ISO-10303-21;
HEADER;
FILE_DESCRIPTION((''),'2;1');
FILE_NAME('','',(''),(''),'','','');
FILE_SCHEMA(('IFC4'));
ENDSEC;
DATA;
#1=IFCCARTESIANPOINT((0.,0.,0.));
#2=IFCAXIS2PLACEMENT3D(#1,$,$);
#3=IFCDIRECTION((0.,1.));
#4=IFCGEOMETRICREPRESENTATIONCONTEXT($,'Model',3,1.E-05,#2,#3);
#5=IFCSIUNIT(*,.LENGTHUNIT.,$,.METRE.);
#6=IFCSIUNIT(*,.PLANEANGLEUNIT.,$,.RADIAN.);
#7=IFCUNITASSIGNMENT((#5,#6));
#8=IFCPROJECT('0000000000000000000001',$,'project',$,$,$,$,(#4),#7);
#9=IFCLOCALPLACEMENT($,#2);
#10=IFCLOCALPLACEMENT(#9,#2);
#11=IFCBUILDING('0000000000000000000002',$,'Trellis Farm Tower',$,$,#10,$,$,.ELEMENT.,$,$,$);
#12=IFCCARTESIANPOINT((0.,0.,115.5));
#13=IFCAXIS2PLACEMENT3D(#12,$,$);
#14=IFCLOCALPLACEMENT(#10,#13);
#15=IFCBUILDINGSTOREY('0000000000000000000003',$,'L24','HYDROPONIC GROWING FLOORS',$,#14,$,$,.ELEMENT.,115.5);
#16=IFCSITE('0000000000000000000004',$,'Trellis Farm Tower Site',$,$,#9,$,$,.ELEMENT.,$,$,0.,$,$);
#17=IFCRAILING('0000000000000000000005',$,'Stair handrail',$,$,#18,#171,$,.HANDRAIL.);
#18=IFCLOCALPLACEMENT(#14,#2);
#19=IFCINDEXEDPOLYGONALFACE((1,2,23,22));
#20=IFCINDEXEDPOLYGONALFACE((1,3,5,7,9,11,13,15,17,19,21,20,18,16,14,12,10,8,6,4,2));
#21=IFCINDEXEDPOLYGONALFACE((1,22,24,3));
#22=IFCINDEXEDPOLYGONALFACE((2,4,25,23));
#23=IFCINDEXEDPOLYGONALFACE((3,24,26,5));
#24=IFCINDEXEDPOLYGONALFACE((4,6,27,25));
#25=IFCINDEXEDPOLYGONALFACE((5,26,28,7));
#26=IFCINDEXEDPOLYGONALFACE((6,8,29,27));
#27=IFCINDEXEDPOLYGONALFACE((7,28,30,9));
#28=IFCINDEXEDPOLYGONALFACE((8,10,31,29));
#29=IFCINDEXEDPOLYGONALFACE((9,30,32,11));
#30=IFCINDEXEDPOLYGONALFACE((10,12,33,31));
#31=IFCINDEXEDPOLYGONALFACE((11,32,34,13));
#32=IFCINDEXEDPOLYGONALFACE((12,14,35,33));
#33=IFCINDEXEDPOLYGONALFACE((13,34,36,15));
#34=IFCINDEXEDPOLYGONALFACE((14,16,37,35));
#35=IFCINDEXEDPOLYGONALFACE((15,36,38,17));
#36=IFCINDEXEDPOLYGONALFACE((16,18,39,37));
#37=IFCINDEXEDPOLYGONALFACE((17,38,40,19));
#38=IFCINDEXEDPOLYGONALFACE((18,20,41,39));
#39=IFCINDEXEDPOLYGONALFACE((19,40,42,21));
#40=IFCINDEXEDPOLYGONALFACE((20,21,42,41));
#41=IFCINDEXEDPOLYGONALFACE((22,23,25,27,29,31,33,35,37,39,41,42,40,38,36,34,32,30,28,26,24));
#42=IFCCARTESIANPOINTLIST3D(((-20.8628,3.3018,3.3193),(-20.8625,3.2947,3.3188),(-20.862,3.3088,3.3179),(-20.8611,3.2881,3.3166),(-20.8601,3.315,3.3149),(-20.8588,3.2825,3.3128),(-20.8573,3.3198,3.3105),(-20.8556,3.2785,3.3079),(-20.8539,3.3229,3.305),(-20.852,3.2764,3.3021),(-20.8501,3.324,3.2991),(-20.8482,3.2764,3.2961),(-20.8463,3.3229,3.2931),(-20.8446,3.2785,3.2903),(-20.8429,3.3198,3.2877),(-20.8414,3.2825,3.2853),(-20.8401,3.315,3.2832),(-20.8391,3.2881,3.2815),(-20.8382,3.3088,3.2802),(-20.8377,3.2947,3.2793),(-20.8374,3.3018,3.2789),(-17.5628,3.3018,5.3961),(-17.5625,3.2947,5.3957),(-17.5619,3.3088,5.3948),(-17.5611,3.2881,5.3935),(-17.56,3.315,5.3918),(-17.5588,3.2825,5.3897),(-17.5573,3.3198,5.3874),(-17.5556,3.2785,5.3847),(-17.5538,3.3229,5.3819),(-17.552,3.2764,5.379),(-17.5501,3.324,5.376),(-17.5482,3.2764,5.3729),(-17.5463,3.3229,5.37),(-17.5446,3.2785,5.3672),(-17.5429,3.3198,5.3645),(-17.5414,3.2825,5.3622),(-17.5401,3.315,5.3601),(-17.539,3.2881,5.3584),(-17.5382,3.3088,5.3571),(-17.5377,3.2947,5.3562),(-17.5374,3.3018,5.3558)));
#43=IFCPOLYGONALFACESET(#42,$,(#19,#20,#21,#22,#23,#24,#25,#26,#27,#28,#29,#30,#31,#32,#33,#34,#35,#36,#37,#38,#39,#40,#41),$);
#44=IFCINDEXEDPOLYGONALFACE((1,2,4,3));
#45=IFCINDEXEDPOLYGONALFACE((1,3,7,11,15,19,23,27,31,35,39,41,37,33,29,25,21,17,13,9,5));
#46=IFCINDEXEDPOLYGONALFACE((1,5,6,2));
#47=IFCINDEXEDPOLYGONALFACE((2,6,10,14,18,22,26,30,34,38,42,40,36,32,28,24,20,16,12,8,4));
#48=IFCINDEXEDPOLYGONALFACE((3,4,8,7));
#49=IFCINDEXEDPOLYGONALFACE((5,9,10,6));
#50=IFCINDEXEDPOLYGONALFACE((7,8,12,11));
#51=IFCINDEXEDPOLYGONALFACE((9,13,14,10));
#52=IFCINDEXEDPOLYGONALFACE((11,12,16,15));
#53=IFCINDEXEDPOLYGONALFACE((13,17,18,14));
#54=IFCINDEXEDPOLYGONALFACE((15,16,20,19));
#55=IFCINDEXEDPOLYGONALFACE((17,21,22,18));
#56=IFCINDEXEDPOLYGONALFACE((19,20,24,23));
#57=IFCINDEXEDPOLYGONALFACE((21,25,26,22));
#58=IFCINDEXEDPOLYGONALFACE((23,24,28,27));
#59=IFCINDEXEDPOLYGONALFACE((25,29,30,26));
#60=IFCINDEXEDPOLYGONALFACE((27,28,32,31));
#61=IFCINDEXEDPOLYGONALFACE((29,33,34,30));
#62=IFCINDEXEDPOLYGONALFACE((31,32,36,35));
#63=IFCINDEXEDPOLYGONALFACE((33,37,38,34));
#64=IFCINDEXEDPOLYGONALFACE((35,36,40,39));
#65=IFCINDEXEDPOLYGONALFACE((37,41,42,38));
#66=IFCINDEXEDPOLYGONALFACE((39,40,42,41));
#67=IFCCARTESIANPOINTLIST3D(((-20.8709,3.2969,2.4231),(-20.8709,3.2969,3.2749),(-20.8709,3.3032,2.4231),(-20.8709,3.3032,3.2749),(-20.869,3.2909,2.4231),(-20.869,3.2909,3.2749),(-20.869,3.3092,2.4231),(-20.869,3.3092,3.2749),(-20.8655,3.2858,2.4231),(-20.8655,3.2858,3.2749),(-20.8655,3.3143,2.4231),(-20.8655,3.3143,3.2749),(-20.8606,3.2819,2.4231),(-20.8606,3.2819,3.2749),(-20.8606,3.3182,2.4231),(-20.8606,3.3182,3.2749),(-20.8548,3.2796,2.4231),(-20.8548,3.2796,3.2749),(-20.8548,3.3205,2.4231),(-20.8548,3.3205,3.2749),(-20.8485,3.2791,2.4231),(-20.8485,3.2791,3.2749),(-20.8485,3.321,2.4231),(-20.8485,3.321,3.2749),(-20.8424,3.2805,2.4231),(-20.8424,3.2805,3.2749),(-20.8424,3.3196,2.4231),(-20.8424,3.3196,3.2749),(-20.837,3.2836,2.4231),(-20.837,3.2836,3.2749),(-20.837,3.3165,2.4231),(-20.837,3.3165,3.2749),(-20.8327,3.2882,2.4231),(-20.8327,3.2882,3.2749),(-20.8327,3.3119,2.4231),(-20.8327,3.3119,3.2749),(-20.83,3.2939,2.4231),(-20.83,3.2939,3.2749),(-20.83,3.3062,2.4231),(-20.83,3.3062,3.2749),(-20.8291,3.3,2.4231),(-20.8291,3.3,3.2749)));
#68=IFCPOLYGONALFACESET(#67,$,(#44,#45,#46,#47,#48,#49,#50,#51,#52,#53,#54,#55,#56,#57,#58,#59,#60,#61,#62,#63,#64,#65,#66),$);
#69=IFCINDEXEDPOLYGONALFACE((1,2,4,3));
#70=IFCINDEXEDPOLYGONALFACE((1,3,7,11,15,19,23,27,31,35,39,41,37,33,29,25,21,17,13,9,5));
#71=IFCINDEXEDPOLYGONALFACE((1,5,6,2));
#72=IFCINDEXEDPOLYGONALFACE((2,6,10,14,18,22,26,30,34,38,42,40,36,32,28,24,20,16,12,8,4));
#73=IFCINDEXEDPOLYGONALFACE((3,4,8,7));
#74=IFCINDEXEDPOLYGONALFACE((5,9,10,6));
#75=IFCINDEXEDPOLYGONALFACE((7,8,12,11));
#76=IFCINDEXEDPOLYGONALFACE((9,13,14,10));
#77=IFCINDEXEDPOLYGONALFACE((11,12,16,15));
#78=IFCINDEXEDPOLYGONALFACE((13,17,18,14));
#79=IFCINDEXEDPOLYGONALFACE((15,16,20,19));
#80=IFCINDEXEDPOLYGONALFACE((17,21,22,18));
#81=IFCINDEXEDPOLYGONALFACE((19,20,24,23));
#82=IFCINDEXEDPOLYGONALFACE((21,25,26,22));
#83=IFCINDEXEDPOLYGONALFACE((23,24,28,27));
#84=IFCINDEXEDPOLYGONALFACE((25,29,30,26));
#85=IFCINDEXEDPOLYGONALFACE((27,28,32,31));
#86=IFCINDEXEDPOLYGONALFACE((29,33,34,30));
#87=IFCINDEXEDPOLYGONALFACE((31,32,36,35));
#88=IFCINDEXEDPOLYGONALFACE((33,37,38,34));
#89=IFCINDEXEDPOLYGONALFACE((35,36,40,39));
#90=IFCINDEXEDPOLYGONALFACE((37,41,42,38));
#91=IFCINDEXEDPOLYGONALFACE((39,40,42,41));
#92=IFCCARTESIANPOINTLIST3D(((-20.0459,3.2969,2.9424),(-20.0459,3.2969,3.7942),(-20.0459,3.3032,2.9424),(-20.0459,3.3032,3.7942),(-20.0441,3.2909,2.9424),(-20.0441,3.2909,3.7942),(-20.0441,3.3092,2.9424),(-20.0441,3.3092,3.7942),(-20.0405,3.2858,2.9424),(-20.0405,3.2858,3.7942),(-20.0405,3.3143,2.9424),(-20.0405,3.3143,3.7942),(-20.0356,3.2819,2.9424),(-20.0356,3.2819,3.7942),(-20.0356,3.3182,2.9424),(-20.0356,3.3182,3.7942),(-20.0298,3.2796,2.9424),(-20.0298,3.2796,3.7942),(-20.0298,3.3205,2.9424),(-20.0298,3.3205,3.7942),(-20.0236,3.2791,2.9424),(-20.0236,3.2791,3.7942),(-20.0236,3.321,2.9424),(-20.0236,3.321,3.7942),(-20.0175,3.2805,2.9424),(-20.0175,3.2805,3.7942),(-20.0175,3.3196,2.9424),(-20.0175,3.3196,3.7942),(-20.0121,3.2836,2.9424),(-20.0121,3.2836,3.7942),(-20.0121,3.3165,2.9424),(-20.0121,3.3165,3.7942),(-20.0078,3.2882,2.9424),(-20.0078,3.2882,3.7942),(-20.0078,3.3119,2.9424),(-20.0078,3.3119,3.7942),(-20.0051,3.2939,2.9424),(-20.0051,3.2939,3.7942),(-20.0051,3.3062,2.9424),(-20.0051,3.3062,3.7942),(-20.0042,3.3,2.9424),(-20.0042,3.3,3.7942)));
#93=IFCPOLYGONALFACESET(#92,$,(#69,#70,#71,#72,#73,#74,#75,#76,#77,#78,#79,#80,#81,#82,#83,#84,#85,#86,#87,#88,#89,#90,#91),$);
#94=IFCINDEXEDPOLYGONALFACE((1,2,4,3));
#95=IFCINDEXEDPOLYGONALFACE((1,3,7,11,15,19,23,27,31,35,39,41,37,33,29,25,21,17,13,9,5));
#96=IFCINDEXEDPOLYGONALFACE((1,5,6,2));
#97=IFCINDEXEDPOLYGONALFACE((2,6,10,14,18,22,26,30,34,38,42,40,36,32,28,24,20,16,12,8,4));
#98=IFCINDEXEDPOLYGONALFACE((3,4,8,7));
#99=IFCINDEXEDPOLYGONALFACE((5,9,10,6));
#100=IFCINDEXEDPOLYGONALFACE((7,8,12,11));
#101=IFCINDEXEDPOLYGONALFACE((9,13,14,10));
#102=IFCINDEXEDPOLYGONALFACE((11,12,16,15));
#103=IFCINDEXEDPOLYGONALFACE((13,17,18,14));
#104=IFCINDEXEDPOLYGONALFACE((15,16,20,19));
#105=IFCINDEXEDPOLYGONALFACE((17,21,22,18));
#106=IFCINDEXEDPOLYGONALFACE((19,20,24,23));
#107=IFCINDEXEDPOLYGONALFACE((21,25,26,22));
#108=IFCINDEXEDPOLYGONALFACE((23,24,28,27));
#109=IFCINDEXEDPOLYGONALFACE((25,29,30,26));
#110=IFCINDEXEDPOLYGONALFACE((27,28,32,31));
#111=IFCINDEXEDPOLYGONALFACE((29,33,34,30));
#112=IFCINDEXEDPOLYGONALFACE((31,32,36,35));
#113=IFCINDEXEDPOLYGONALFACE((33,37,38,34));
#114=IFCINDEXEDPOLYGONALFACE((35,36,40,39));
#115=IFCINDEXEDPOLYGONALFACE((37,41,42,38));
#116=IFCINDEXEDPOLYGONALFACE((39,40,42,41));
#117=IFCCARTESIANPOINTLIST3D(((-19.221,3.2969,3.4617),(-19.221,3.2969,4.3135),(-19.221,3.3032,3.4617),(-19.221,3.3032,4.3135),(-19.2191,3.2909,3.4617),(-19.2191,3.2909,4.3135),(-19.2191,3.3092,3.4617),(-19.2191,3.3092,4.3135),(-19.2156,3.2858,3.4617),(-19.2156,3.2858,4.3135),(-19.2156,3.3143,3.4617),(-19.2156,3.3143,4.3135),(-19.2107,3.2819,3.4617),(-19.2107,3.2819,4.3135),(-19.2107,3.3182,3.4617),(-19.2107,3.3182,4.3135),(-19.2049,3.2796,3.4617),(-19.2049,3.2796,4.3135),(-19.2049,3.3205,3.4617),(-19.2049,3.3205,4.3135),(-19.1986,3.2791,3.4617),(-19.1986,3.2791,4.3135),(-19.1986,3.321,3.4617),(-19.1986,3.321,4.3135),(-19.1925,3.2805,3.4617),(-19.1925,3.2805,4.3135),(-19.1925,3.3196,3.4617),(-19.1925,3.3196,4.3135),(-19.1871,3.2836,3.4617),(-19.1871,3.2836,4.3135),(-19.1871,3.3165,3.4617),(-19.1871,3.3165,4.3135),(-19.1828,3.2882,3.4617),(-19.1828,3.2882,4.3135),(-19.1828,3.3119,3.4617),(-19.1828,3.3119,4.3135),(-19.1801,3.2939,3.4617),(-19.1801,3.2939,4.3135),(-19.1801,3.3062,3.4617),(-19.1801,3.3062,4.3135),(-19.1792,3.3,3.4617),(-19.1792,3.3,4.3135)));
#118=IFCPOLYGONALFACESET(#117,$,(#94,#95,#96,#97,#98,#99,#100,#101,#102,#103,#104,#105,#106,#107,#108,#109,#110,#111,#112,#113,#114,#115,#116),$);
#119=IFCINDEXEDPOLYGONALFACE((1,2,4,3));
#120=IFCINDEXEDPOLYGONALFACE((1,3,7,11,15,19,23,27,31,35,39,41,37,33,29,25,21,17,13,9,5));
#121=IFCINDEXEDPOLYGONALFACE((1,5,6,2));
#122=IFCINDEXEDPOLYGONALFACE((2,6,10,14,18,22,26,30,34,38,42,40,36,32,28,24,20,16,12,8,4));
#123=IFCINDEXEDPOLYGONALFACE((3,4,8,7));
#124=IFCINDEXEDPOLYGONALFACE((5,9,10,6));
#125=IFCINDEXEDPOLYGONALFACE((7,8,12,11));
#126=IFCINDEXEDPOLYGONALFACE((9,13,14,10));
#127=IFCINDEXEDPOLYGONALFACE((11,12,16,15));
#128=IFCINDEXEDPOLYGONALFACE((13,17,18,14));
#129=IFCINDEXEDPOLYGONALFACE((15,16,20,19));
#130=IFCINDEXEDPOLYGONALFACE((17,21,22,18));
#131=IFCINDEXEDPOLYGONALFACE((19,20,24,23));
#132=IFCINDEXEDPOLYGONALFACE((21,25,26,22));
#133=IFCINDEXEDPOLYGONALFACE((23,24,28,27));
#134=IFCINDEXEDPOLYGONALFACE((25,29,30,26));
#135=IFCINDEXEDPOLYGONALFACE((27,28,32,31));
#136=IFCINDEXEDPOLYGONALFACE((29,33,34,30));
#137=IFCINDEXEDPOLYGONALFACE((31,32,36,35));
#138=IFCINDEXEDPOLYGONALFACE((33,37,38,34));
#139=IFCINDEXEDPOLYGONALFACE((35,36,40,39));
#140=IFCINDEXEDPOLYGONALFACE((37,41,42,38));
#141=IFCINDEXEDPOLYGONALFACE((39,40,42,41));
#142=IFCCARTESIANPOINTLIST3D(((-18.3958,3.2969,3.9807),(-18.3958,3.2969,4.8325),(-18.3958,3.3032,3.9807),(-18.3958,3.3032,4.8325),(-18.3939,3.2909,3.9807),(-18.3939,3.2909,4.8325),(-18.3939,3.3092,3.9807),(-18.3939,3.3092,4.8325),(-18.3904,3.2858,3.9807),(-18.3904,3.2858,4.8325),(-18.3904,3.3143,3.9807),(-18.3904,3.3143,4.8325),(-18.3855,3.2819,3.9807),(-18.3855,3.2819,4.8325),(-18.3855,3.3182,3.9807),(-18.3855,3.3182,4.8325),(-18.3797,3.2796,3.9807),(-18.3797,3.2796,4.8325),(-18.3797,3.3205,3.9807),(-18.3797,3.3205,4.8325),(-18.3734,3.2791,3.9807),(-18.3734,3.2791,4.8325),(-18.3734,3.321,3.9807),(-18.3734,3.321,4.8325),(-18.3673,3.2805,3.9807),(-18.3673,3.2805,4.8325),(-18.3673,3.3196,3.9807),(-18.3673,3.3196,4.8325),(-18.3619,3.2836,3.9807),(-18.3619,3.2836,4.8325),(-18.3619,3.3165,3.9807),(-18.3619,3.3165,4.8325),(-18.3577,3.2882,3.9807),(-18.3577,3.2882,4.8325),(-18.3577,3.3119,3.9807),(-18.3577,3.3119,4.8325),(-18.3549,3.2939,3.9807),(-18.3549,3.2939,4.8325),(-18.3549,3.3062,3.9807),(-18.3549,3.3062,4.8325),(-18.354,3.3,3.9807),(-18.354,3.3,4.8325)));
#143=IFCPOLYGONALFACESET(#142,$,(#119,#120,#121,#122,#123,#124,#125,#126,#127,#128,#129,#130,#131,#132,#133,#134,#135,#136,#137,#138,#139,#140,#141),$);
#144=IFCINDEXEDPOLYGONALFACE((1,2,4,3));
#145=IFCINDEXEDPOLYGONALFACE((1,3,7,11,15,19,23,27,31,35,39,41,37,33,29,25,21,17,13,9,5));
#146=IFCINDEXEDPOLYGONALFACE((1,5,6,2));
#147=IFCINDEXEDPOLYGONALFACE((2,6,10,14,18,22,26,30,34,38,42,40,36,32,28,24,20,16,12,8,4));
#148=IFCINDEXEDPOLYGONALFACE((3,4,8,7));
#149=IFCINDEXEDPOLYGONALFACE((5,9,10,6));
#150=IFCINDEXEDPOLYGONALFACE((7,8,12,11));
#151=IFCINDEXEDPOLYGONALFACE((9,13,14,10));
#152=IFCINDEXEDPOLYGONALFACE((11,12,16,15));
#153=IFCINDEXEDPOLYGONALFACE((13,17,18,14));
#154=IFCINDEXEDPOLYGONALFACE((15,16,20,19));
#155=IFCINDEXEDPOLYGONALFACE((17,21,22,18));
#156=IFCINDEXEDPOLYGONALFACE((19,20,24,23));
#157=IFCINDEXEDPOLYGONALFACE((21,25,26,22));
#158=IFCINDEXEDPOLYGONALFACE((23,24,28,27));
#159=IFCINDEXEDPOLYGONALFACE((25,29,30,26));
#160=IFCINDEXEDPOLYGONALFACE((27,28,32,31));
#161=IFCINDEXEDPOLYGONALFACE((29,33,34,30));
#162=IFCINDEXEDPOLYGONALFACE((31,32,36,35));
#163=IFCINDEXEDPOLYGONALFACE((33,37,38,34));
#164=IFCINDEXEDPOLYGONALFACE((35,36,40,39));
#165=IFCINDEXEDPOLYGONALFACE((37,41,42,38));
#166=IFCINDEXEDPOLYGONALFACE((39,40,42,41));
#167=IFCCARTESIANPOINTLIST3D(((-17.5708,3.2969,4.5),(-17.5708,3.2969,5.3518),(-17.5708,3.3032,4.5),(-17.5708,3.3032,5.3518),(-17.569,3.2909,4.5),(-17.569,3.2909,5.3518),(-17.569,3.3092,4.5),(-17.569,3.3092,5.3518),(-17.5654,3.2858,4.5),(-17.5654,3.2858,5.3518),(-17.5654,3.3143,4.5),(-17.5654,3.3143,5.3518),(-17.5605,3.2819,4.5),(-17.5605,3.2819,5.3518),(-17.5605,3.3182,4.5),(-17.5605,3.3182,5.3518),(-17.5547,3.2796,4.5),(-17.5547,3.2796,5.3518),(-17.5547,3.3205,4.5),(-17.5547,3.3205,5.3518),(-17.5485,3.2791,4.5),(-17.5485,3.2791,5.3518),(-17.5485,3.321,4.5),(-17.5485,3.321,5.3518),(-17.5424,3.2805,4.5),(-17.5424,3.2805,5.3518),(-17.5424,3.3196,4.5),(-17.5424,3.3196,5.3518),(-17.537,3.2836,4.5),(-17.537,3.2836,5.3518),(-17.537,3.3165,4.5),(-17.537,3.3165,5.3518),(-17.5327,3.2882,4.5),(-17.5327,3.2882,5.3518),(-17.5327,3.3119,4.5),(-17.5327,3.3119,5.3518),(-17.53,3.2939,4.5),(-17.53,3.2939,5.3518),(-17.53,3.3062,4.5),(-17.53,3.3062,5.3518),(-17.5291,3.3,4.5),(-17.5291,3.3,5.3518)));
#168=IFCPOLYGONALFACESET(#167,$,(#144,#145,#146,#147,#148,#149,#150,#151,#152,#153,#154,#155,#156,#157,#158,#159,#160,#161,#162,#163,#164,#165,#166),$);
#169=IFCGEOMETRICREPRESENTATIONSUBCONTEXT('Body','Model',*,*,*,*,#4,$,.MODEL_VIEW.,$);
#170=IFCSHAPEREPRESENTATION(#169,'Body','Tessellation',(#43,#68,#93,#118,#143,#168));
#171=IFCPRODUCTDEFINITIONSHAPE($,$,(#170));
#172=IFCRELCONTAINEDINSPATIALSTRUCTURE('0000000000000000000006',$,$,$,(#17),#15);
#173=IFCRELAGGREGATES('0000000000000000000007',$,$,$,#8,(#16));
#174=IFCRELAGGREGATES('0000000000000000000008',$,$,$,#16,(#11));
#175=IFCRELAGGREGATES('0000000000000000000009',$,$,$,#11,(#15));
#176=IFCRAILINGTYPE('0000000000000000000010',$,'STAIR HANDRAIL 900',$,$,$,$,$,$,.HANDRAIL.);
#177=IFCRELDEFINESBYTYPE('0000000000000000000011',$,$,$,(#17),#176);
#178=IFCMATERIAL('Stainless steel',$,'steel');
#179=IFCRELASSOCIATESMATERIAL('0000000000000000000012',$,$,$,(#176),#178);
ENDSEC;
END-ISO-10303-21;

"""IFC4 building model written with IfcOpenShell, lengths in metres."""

from ifc_helpers import new_model, si_unit, direction, frame, origin, origin_2d, place, context, subcontext, project, spatial, circle, extrude, source, transform, mapped, material, type_object, element, save


model = new_model("IFC4")

# Units and contexts
model_context = context("Model", 3, precision=1e-05, world=origin(), true_north=direction((0.0, 1.0)))
body_context = subcontext(model_context, "Body", "Model", "MODEL_VIEW")
ifc_project = project(units=[si_unit("LENGTHUNIT", "METRE"), si_unit("PLANEANGLEUNIT", "RADIAN")], contexts=[model_context])

# Site, building, storey
site_placement = place(None, origin())
site = spatial("IfcSite", under=ifc_project, at=site_placement, Name="Trellis Farm Tower Site", CompositionType="ELEMENT", RefElevation=0.0)
building_placement = place(site_placement, origin())
building = spatial("IfcBuilding", under=site, at=building_placement, Name="Trellis Farm Tower", CompositionType="ELEMENT")
storey_placement = place(building_placement, frame((0.0, 0.0, 115.5)))
storey = spatial("IfcBuildingStorey", under=building, at=storey_placement, Name="L24", Description="HYDROPONIC GROWING FLOORS", CompositionType="ELEMENT", Elevation=115.5)

# Railing
ifc_material_1 = material(Name="Stainless steel", Category="steel")
railing_type = type_object("IfcRailingType", Name="STAIR HANDRAIL 900", PredefinedType="HANDRAIL", material=ifc_material_1)
shared_shape_1 = source(origin(), body_context, "Body", "SweptSolid", [
    extrude(circle(Radius=0.0239, at=origin_2d()), frame((0.0, 0.0, 0.876), z_axis=(0.846337, 0.0, 0.532647), x_axis=(0.0, 1.0, 0.0)), (0.0, 0.0, 1.0), 3.8992),
    extrude(circle(Radius=0.021, at=origin_2d()), origin(), (0.0, 0.0, 1.0), 0.8518),
    extrude(circle(Radius=0.021, at=origin_2d()), frame((0.825, 0.0, 0.5193)), (0.0, 0.0, 1.0), 0.8518),
    extrude(circle(Radius=0.021, at=origin_2d()), frame((1.6499, 0.0, 1.0386)), (0.0, 0.0, 1.0), 0.8518),
    extrude(circle(Radius=0.021, at=origin_2d()), frame((2.4751, 0.0, 1.5576)), (0.0, 0.0, 1.0), 0.8518),
    extrude(circle(Radius=0.021, at=origin_2d()), frame((3.3, 0.0, 2.0769)), (0.0, 0.0, 1.0), 0.8518),
])
for number, where, name in (
    (1, (-20.8501, 3.3, 2.4231), "Stair handrail"),
):
    element("IfcRailing", number, at=place(storey_placement, frame(where)), inside=storey, type_object=railing_type, Name=name, PredefinedType="HANDRAIL", context=body_context, shape_type="MappedRepresentation", body=[
        mapped(shared_shape_1, transform((0.0, 0.0, 0.0))),
    ])

save(model, "model.ifc")
